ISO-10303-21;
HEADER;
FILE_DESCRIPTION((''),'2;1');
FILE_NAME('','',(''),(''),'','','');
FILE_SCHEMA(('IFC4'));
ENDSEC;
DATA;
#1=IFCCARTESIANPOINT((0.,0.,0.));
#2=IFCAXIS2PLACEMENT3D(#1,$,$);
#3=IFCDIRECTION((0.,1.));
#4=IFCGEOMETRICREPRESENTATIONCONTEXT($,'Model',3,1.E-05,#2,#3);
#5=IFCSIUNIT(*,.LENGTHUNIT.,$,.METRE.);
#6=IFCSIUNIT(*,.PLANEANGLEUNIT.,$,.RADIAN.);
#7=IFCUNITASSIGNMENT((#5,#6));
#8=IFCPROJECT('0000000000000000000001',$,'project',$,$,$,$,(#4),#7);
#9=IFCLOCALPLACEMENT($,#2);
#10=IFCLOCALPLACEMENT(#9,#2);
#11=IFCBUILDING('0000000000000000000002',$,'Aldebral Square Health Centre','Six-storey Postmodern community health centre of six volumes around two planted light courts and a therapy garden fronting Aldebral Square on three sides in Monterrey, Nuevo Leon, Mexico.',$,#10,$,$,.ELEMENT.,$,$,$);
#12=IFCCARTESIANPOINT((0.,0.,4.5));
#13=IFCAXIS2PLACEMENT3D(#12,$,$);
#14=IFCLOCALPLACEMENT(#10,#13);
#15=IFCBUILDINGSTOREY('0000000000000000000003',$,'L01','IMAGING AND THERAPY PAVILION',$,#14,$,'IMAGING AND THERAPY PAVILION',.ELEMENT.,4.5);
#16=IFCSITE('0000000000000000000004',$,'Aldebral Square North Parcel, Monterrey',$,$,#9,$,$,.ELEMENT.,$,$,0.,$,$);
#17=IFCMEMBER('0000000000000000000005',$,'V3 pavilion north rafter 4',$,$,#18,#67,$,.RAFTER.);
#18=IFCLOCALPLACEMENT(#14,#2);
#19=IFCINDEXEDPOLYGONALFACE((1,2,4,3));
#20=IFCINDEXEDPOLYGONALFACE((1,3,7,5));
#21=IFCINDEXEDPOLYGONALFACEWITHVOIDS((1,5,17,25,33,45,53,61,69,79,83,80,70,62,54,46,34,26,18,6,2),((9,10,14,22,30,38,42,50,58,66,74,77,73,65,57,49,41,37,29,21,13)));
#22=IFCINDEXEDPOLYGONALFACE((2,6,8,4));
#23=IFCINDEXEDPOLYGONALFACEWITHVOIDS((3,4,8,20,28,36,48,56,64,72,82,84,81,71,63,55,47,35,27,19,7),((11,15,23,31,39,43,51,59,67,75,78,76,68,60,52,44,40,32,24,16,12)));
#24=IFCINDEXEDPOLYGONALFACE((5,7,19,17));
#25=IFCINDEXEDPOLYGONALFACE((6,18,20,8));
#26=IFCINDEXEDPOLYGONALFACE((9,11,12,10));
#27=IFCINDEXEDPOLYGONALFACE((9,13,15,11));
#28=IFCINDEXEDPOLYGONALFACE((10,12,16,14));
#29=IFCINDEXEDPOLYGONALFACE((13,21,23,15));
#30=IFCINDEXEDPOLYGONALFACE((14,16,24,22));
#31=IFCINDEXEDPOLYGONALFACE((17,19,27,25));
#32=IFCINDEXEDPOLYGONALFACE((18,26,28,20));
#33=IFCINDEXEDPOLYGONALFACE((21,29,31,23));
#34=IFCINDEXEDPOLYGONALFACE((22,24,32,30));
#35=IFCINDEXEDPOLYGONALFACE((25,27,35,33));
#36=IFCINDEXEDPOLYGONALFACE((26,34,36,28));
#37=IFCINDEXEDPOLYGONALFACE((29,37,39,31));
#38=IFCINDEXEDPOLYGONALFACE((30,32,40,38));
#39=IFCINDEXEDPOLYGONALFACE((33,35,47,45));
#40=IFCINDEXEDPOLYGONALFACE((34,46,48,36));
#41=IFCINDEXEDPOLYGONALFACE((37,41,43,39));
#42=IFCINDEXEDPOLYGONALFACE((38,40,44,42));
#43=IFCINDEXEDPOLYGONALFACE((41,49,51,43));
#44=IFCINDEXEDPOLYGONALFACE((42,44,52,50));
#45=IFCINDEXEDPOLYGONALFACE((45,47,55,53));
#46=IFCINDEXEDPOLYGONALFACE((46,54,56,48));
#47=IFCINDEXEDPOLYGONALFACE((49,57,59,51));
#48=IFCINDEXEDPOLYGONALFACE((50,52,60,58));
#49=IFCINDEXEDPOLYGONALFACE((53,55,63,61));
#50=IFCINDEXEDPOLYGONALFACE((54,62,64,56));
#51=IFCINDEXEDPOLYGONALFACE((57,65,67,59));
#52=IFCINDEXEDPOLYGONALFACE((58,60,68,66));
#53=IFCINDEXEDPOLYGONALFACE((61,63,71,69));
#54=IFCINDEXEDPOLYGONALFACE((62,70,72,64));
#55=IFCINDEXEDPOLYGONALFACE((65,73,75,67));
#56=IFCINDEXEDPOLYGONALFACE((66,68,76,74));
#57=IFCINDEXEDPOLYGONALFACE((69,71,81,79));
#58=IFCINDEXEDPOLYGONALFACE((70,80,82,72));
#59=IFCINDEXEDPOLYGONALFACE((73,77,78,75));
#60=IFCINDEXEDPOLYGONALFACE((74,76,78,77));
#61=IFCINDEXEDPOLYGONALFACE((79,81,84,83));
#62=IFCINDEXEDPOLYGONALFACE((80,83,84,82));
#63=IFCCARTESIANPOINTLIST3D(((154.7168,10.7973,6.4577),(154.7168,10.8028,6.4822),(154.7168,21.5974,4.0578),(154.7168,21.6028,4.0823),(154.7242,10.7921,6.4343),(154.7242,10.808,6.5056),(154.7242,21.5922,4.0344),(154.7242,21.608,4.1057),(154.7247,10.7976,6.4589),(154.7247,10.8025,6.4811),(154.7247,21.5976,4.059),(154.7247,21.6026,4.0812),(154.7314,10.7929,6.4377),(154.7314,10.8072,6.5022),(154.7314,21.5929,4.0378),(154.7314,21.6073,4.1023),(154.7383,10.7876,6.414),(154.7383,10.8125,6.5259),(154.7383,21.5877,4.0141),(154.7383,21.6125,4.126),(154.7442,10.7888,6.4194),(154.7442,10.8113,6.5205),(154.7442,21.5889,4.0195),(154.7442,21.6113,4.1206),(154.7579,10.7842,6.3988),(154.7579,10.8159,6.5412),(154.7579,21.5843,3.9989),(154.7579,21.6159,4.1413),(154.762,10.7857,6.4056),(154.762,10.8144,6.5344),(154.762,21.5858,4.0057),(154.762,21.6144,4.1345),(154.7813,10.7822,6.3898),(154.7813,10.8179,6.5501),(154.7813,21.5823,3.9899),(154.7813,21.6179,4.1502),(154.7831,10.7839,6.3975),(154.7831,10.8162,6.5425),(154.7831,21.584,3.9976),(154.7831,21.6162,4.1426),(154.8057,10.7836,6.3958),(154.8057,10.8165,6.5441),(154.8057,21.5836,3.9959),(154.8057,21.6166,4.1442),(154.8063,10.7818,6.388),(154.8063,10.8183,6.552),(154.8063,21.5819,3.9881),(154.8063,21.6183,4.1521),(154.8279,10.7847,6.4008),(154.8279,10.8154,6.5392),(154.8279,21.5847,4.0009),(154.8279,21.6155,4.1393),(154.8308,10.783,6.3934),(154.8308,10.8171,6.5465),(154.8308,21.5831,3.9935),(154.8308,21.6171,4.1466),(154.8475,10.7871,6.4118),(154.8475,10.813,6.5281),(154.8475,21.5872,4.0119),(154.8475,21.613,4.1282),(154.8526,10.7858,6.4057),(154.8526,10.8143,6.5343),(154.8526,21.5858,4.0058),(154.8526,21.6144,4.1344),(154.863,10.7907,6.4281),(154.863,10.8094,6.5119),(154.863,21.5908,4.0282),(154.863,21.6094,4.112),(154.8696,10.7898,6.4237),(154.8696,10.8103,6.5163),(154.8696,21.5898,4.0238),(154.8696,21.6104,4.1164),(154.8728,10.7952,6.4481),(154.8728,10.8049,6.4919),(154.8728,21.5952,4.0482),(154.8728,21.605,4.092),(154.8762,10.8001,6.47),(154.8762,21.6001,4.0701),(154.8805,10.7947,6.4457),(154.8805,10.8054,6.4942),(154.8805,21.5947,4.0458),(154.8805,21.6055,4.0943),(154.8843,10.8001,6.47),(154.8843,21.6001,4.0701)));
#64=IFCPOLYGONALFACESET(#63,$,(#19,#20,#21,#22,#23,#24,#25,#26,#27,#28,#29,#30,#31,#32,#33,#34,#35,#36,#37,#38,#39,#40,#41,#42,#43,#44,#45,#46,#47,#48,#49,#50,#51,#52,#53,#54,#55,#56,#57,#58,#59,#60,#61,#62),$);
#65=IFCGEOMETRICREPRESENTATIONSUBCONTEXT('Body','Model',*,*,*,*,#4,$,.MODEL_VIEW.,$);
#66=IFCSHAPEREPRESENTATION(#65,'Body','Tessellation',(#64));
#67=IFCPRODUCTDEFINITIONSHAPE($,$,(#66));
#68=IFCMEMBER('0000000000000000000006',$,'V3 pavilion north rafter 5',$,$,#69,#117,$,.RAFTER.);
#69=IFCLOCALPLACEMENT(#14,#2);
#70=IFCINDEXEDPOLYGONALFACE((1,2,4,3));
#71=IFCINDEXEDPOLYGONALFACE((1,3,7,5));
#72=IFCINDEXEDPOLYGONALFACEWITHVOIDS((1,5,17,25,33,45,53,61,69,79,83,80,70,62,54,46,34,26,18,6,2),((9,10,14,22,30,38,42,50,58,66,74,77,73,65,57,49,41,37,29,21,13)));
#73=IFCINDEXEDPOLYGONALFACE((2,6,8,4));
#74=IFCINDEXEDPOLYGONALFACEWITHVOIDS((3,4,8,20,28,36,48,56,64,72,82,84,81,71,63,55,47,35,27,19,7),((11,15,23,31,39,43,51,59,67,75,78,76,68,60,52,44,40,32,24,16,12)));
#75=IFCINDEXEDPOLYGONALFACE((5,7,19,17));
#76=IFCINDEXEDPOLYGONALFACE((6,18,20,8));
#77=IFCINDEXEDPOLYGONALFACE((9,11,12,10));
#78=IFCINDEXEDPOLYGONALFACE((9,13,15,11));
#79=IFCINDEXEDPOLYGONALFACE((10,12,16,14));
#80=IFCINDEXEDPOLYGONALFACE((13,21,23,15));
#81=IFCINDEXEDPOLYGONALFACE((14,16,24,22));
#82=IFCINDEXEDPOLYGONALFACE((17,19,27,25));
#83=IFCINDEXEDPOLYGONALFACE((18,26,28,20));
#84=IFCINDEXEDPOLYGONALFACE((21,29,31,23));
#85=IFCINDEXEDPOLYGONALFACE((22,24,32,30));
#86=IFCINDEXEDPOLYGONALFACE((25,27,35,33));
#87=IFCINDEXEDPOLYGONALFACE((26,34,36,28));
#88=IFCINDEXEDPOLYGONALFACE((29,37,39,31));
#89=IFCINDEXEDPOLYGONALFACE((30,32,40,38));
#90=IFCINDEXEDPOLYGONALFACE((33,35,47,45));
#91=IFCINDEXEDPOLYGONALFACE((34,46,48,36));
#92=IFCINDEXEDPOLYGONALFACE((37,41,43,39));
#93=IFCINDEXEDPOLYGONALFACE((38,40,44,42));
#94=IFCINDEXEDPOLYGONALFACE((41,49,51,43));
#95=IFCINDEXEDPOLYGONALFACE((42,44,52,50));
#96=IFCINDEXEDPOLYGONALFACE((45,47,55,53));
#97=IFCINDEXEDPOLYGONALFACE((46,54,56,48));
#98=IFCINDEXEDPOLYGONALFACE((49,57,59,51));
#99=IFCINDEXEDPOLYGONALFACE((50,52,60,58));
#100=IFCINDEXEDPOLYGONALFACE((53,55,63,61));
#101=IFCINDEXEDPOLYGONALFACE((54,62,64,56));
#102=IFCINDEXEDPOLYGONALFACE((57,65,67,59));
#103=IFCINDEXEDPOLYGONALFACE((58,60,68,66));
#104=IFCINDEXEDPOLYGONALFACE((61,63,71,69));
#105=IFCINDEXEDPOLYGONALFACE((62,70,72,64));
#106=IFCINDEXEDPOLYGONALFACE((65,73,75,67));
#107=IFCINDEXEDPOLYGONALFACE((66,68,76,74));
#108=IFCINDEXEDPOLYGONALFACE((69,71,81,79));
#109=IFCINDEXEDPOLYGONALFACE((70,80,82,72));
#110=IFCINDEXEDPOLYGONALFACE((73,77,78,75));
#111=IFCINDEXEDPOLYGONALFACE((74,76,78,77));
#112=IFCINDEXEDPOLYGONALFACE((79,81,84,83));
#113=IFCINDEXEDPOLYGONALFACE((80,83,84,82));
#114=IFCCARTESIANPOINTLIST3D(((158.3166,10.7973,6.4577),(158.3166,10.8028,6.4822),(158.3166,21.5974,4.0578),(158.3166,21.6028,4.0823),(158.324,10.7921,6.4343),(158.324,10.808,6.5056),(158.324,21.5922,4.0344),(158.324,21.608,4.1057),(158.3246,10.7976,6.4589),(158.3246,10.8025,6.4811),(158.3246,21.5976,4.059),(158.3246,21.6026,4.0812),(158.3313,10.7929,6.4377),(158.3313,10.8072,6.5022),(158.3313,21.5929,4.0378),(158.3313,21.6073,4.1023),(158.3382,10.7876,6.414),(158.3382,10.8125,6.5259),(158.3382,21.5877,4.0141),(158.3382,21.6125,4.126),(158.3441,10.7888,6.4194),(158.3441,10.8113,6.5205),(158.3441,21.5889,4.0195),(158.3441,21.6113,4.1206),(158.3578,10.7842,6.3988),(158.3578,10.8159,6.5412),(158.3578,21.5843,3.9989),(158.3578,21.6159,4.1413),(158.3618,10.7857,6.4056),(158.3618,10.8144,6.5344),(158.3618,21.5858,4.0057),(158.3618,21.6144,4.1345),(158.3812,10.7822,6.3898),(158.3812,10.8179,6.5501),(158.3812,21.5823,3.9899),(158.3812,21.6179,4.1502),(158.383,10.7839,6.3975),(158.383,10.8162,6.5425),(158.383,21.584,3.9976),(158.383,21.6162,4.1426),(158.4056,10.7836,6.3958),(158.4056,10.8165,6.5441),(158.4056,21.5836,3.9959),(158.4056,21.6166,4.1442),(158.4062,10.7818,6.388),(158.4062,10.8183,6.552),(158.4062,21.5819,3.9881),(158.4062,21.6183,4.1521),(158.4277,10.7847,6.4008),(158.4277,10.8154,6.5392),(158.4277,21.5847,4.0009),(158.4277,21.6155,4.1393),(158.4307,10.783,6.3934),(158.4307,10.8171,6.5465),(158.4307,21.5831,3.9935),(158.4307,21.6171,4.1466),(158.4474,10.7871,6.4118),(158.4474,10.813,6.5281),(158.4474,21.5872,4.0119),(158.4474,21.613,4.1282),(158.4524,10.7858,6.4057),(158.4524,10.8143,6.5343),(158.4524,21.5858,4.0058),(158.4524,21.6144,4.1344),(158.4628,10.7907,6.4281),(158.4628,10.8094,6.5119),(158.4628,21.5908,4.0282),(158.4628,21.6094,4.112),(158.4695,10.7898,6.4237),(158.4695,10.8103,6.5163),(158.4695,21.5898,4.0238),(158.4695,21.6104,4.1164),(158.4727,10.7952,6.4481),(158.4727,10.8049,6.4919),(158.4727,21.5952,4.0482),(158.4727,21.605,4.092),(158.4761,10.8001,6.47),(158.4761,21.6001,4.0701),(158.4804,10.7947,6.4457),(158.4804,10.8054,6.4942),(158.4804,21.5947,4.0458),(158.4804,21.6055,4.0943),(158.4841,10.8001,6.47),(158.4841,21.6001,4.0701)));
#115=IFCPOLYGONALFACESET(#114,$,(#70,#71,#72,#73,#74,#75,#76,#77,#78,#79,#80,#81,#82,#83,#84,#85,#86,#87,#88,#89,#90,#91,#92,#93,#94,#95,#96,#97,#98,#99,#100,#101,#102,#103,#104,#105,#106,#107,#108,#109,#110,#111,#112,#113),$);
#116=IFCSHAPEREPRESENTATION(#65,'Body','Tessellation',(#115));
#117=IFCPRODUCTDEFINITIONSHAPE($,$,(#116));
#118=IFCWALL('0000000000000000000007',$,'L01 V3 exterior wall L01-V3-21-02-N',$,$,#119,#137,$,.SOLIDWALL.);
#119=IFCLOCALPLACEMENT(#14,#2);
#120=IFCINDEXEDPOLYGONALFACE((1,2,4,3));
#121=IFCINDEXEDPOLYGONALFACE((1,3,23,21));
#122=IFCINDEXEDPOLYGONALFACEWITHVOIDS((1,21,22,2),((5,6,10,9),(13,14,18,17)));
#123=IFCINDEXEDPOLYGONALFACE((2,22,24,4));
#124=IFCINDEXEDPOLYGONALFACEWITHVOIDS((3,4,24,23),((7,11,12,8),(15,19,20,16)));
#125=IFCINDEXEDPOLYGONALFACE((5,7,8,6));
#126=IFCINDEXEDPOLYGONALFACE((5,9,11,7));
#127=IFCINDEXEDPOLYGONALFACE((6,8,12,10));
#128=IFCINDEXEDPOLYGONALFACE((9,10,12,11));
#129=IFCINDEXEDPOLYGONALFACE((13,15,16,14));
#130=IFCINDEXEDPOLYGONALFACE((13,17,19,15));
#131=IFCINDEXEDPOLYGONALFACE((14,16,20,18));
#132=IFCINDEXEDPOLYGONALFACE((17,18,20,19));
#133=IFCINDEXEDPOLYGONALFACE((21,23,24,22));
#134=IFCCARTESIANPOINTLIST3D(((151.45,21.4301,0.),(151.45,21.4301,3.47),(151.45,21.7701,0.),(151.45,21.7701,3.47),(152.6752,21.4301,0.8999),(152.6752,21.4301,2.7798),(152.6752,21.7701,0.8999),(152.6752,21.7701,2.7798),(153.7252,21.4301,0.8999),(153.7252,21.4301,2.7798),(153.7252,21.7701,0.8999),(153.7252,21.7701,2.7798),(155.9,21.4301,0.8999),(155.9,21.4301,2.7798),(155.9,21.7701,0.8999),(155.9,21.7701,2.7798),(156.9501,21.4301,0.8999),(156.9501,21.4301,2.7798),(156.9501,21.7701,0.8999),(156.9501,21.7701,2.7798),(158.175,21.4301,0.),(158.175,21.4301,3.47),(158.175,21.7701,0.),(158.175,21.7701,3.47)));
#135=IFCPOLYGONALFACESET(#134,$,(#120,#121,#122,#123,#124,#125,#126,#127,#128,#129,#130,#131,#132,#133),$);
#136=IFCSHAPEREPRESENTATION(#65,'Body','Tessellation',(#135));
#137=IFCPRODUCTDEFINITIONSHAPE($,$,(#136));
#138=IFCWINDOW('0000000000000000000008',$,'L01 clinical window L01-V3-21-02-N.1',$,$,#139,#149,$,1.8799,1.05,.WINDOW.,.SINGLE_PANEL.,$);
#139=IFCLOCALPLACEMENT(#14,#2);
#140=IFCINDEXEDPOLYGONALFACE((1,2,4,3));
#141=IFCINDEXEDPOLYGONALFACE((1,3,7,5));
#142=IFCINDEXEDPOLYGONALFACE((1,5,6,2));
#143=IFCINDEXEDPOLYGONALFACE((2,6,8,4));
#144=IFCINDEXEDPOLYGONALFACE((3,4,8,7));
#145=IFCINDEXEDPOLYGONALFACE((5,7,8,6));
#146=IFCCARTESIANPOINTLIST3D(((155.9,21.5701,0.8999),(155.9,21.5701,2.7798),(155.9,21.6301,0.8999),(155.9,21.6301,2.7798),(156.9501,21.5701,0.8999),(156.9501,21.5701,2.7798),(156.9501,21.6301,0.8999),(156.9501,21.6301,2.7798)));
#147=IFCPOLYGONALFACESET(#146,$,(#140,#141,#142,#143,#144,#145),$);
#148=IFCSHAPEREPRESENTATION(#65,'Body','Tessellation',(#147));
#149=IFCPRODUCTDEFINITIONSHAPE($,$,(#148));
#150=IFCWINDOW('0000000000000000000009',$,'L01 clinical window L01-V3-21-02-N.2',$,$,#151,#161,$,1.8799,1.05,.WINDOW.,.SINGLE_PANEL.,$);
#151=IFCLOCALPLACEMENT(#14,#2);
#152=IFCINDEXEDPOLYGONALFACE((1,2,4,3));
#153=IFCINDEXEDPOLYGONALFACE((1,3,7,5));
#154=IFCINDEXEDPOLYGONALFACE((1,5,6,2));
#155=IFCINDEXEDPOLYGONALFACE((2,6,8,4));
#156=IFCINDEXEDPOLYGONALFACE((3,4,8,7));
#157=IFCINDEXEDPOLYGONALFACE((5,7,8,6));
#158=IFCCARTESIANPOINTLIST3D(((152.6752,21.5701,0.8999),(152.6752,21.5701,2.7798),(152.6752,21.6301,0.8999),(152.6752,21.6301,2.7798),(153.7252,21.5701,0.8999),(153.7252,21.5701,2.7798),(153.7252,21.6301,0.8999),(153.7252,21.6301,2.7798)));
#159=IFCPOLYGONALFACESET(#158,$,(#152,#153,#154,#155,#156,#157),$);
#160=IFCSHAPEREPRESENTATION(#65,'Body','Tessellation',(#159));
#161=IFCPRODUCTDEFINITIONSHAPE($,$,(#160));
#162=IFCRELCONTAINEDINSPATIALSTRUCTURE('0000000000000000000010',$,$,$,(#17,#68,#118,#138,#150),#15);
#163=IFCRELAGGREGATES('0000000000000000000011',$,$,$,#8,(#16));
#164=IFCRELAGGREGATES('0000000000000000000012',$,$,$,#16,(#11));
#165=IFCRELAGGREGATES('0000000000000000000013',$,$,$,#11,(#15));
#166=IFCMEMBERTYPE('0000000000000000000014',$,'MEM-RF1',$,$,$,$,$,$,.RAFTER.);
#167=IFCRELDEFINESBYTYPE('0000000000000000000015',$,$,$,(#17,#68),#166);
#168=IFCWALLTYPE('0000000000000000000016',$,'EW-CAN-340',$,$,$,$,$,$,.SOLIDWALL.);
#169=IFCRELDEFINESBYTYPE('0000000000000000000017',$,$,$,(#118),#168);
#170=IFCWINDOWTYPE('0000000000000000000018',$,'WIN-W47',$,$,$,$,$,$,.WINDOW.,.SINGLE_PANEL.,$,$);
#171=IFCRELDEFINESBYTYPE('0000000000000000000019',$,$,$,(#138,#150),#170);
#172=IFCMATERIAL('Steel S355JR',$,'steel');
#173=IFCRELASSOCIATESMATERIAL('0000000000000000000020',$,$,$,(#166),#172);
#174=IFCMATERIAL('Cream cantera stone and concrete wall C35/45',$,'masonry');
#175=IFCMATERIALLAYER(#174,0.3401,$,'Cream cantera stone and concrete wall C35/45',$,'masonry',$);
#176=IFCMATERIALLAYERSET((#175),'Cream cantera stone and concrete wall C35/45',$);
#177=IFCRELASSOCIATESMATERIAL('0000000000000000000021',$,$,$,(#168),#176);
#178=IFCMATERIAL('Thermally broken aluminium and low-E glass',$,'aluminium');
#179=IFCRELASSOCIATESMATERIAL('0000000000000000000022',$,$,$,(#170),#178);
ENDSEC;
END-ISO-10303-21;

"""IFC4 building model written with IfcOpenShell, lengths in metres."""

from ifc_helpers import new_model, si_unit, direction, frame, frame_2d, origin, origin_2d, place, context, subcontext, project, spatial, rectangle, hollow_circle, extrude, material, layer, layer_set, material_profile, profile_set, type_object, element, fill, save


model = new_model("IFC4")

# Units and contexts
model_context = context("Model", 3, precision=1e-05, world=origin(), true_north=direction((0.0, 1.0)))
body_context = subcontext(model_context, "Body", "Model", "MODEL_VIEW")
ifc_project = project(units=[si_unit("LENGTHUNIT", "METRE"), si_unit("PLANEANGLEUNIT", "RADIAN")], contexts=[model_context])

# Site, building, storey
site_placement = place(None, origin())
site = spatial("IfcSite", under=ifc_project, at=site_placement, Name="Aldebral Square North Parcel, Monterrey", CompositionType="ELEMENT", RefElevation=0.0)
building_placement = place(site_placement, origin())
building = spatial("IfcBuilding", under=site, at=building_placement, Name="Aldebral Square Health Centre", Description="Six-storey Postmodern community health centre of six volumes around two planted light courts and a therapy garden fronting Aldebral Square on three sides in Monterrey, Nuevo Leon, Mexico.", CompositionType="ELEMENT")
storey_placement = place(building_placement, frame((0.0, 0.0, 4.5)))
storey = spatial("IfcBuildingStorey", under=building, at=storey_placement, Name="L01", Description="IMAGING AND THERAPY PAVILION", LongName="IMAGING AND THERAPY PAVILION", CompositionType="ELEMENT", Elevation=4.5)

# Members
ifc_material_1 = material(Name="Steel S355JR", Category="steel")
ifc_material_profile_1 = material_profile(ifc_material_1, hollow_circle(Radius=0.0842, WallThickness=0.0081, at=origin_2d()), Name="168.3x8.0 CHS")
ifc_profile_set_1 = profile_set([ifc_material_profile_1], Name="Steel S355JR")
member_type = type_object("IfcMemberType", Name="MEM-RF1", PredefinedType="RAFTER", material=ifc_profile_set_1)
for number, where, z_axis, x_axis, name in (
    (1, (154.8, 21.6001, 4.0701), (0.0, -0.976189, 0.216921), (1.0, 0.0, 0.0), "V3 pavilion north rafter 4"),
    (2, (158.3999, 21.6001, 4.0701), (0.0, -0.976189, 0.216921), (1.0, 0.0, 0.0), "V3 pavilion north rafter 5"),
):
    element("IfcMember", number, at=place(storey_placement, frame(where, z_axis=z_axis, x_axis=x_axis)), inside=storey, type_object=member_type, Name=name, PredefinedType="RAFTER", context=body_context, shape_type="SweptSolid", body=[
        extrude(hollow_circle(Radius=0.0842, WallThickness=0.0081, at=origin_2d()), origin(), (0.0, 0.0, 1.0), 11.0635),
    ])

# Wall, openings, windows
ifc_material_2 = material(Name="Cream cantera stone and concrete wall C35/45", Category="masonry")
ifc_layer_1 = layer(ifc_material_2, 0.3401, Name="Cream cantera stone and concrete wall C35/45", Category="masonry")
ifc_layer_set_1 = layer_set([ifc_layer_1], Name="Cream cantera stone and concrete wall C35/45")
wall_type_1 = type_object("IfcWallType", Name="EW-CAN-340", PredefinedType="SOLIDWALL", material=ifc_layer_set_1)
wall_1_placement = place(storey_placement, frame((158.175, 21.6001, 0.0), z_axis=(0.0, 0.0, 1.0), x_axis=(-1.0, 0.0, 0.0)))
wall_1 = element("IfcWall", 3, at=wall_1_placement, inside=storey, type_object=wall_type_1, Name="L01 V3 exterior wall L01-V3-21-02-N", PredefinedType="SOLIDWALL", context=body_context, shape_type="SweptSolid", body=[
    extrude(rectangle(XDim=6.7251, YDim=0.3401, at=frame_2d((3.3625, 0.0))), origin(), (0.0, 0.0, 1.0), 3.47),
])
opening_1_placement = place(wall_1_placement, frame((1.2251, 0.0, 0.8999)))
opening_1 = element("IfcOpeningElement", 4, at=opening_1_placement, cuts=wall_1, PredefinedType="OPENING", context=body_context, shape_type="SweptSolid", body=[
    extrude(rectangle(XDim=1.05, YDim=1.8799, at=frame_2d((0.5249, 0.9399))), frame((0.0, 0.1802, 0.0), z_axis=(0.0, -1.0, 0.0), x_axis=(1.0, 0.0, 0.0)), (0.0, 0.0, 1.0), 0.3601),
])
opening_2_placement = place(wall_1_placement, frame((4.45, 0.0, 0.8999)))
opening_2 = element("IfcOpeningElement", 5, at=opening_2_placement, cuts=wall_1, PredefinedType="OPENING", context=body_context, shape_type="SweptSolid", body=[
    extrude(rectangle(XDim=1.05, YDim=1.8799, at=frame_2d((0.5249, 0.9399))), frame((0.0, 0.1802, 0.0), z_axis=(0.0, -1.0, 0.0), x_axis=(1.0, 0.0, 0.0)), (0.0, 0.0, 1.0), 0.3601),
])
ifc_material_3 = material(Name="Thermally broken aluminium and low-E glass", Category="aluminium")
window_type_1 = type_object("IfcWindowType", Name="WIN-W47", PartitioningType="SINGLE_PANEL", PredefinedType="WINDOW", material=ifc_material_3)
window_1_placement = place(opening_1_placement, origin())
window_1 = element("IfcWindow", 6, at=window_1_placement, inside=storey, type_object=window_type_1, Name="L01 clinical window L01-V3-21-02-N.1", OverallHeight=1.8799, OverallWidth=1.05, PartitioningType="SINGLE_PANEL", PredefinedType="WINDOW", context=body_context, shape_type="SweptSolid", body=[
    extrude(rectangle(XDim=1.05, YDim=1.8799, at=frame_2d((0.5249, 0.9399))), frame((0.0, 0.03, 0.0), z_axis=(0.0, -1.0, 0.0), x_axis=(1.0, 0.0, 0.0)), (0.0, 0.0, 1.0), 0.0601),
])
fill(opening_1, window_1)
window_2_placement = place(opening_2_placement, origin())
window_2 = element("IfcWindow", 7, at=window_2_placement, inside=storey, type_object=window_type_1, Name="L01 clinical window L01-V3-21-02-N.2", OverallHeight=1.8799, OverallWidth=1.05, PartitioningType="SINGLE_PANEL", PredefinedType="WINDOW", context=body_context, shape_type="SweptSolid", body=[
    extrude(rectangle(XDim=1.05, YDim=1.8799, at=frame_2d((0.5249, 0.9399))), frame((0.0, 0.03, 0.0), z_axis=(0.0, -1.0, 0.0), x_axis=(1.0, 0.0, 0.0)), (0.0, 0.0, 1.0), 0.0601),
])
fill(opening_2, window_2)

save(model, "model.ifc")
